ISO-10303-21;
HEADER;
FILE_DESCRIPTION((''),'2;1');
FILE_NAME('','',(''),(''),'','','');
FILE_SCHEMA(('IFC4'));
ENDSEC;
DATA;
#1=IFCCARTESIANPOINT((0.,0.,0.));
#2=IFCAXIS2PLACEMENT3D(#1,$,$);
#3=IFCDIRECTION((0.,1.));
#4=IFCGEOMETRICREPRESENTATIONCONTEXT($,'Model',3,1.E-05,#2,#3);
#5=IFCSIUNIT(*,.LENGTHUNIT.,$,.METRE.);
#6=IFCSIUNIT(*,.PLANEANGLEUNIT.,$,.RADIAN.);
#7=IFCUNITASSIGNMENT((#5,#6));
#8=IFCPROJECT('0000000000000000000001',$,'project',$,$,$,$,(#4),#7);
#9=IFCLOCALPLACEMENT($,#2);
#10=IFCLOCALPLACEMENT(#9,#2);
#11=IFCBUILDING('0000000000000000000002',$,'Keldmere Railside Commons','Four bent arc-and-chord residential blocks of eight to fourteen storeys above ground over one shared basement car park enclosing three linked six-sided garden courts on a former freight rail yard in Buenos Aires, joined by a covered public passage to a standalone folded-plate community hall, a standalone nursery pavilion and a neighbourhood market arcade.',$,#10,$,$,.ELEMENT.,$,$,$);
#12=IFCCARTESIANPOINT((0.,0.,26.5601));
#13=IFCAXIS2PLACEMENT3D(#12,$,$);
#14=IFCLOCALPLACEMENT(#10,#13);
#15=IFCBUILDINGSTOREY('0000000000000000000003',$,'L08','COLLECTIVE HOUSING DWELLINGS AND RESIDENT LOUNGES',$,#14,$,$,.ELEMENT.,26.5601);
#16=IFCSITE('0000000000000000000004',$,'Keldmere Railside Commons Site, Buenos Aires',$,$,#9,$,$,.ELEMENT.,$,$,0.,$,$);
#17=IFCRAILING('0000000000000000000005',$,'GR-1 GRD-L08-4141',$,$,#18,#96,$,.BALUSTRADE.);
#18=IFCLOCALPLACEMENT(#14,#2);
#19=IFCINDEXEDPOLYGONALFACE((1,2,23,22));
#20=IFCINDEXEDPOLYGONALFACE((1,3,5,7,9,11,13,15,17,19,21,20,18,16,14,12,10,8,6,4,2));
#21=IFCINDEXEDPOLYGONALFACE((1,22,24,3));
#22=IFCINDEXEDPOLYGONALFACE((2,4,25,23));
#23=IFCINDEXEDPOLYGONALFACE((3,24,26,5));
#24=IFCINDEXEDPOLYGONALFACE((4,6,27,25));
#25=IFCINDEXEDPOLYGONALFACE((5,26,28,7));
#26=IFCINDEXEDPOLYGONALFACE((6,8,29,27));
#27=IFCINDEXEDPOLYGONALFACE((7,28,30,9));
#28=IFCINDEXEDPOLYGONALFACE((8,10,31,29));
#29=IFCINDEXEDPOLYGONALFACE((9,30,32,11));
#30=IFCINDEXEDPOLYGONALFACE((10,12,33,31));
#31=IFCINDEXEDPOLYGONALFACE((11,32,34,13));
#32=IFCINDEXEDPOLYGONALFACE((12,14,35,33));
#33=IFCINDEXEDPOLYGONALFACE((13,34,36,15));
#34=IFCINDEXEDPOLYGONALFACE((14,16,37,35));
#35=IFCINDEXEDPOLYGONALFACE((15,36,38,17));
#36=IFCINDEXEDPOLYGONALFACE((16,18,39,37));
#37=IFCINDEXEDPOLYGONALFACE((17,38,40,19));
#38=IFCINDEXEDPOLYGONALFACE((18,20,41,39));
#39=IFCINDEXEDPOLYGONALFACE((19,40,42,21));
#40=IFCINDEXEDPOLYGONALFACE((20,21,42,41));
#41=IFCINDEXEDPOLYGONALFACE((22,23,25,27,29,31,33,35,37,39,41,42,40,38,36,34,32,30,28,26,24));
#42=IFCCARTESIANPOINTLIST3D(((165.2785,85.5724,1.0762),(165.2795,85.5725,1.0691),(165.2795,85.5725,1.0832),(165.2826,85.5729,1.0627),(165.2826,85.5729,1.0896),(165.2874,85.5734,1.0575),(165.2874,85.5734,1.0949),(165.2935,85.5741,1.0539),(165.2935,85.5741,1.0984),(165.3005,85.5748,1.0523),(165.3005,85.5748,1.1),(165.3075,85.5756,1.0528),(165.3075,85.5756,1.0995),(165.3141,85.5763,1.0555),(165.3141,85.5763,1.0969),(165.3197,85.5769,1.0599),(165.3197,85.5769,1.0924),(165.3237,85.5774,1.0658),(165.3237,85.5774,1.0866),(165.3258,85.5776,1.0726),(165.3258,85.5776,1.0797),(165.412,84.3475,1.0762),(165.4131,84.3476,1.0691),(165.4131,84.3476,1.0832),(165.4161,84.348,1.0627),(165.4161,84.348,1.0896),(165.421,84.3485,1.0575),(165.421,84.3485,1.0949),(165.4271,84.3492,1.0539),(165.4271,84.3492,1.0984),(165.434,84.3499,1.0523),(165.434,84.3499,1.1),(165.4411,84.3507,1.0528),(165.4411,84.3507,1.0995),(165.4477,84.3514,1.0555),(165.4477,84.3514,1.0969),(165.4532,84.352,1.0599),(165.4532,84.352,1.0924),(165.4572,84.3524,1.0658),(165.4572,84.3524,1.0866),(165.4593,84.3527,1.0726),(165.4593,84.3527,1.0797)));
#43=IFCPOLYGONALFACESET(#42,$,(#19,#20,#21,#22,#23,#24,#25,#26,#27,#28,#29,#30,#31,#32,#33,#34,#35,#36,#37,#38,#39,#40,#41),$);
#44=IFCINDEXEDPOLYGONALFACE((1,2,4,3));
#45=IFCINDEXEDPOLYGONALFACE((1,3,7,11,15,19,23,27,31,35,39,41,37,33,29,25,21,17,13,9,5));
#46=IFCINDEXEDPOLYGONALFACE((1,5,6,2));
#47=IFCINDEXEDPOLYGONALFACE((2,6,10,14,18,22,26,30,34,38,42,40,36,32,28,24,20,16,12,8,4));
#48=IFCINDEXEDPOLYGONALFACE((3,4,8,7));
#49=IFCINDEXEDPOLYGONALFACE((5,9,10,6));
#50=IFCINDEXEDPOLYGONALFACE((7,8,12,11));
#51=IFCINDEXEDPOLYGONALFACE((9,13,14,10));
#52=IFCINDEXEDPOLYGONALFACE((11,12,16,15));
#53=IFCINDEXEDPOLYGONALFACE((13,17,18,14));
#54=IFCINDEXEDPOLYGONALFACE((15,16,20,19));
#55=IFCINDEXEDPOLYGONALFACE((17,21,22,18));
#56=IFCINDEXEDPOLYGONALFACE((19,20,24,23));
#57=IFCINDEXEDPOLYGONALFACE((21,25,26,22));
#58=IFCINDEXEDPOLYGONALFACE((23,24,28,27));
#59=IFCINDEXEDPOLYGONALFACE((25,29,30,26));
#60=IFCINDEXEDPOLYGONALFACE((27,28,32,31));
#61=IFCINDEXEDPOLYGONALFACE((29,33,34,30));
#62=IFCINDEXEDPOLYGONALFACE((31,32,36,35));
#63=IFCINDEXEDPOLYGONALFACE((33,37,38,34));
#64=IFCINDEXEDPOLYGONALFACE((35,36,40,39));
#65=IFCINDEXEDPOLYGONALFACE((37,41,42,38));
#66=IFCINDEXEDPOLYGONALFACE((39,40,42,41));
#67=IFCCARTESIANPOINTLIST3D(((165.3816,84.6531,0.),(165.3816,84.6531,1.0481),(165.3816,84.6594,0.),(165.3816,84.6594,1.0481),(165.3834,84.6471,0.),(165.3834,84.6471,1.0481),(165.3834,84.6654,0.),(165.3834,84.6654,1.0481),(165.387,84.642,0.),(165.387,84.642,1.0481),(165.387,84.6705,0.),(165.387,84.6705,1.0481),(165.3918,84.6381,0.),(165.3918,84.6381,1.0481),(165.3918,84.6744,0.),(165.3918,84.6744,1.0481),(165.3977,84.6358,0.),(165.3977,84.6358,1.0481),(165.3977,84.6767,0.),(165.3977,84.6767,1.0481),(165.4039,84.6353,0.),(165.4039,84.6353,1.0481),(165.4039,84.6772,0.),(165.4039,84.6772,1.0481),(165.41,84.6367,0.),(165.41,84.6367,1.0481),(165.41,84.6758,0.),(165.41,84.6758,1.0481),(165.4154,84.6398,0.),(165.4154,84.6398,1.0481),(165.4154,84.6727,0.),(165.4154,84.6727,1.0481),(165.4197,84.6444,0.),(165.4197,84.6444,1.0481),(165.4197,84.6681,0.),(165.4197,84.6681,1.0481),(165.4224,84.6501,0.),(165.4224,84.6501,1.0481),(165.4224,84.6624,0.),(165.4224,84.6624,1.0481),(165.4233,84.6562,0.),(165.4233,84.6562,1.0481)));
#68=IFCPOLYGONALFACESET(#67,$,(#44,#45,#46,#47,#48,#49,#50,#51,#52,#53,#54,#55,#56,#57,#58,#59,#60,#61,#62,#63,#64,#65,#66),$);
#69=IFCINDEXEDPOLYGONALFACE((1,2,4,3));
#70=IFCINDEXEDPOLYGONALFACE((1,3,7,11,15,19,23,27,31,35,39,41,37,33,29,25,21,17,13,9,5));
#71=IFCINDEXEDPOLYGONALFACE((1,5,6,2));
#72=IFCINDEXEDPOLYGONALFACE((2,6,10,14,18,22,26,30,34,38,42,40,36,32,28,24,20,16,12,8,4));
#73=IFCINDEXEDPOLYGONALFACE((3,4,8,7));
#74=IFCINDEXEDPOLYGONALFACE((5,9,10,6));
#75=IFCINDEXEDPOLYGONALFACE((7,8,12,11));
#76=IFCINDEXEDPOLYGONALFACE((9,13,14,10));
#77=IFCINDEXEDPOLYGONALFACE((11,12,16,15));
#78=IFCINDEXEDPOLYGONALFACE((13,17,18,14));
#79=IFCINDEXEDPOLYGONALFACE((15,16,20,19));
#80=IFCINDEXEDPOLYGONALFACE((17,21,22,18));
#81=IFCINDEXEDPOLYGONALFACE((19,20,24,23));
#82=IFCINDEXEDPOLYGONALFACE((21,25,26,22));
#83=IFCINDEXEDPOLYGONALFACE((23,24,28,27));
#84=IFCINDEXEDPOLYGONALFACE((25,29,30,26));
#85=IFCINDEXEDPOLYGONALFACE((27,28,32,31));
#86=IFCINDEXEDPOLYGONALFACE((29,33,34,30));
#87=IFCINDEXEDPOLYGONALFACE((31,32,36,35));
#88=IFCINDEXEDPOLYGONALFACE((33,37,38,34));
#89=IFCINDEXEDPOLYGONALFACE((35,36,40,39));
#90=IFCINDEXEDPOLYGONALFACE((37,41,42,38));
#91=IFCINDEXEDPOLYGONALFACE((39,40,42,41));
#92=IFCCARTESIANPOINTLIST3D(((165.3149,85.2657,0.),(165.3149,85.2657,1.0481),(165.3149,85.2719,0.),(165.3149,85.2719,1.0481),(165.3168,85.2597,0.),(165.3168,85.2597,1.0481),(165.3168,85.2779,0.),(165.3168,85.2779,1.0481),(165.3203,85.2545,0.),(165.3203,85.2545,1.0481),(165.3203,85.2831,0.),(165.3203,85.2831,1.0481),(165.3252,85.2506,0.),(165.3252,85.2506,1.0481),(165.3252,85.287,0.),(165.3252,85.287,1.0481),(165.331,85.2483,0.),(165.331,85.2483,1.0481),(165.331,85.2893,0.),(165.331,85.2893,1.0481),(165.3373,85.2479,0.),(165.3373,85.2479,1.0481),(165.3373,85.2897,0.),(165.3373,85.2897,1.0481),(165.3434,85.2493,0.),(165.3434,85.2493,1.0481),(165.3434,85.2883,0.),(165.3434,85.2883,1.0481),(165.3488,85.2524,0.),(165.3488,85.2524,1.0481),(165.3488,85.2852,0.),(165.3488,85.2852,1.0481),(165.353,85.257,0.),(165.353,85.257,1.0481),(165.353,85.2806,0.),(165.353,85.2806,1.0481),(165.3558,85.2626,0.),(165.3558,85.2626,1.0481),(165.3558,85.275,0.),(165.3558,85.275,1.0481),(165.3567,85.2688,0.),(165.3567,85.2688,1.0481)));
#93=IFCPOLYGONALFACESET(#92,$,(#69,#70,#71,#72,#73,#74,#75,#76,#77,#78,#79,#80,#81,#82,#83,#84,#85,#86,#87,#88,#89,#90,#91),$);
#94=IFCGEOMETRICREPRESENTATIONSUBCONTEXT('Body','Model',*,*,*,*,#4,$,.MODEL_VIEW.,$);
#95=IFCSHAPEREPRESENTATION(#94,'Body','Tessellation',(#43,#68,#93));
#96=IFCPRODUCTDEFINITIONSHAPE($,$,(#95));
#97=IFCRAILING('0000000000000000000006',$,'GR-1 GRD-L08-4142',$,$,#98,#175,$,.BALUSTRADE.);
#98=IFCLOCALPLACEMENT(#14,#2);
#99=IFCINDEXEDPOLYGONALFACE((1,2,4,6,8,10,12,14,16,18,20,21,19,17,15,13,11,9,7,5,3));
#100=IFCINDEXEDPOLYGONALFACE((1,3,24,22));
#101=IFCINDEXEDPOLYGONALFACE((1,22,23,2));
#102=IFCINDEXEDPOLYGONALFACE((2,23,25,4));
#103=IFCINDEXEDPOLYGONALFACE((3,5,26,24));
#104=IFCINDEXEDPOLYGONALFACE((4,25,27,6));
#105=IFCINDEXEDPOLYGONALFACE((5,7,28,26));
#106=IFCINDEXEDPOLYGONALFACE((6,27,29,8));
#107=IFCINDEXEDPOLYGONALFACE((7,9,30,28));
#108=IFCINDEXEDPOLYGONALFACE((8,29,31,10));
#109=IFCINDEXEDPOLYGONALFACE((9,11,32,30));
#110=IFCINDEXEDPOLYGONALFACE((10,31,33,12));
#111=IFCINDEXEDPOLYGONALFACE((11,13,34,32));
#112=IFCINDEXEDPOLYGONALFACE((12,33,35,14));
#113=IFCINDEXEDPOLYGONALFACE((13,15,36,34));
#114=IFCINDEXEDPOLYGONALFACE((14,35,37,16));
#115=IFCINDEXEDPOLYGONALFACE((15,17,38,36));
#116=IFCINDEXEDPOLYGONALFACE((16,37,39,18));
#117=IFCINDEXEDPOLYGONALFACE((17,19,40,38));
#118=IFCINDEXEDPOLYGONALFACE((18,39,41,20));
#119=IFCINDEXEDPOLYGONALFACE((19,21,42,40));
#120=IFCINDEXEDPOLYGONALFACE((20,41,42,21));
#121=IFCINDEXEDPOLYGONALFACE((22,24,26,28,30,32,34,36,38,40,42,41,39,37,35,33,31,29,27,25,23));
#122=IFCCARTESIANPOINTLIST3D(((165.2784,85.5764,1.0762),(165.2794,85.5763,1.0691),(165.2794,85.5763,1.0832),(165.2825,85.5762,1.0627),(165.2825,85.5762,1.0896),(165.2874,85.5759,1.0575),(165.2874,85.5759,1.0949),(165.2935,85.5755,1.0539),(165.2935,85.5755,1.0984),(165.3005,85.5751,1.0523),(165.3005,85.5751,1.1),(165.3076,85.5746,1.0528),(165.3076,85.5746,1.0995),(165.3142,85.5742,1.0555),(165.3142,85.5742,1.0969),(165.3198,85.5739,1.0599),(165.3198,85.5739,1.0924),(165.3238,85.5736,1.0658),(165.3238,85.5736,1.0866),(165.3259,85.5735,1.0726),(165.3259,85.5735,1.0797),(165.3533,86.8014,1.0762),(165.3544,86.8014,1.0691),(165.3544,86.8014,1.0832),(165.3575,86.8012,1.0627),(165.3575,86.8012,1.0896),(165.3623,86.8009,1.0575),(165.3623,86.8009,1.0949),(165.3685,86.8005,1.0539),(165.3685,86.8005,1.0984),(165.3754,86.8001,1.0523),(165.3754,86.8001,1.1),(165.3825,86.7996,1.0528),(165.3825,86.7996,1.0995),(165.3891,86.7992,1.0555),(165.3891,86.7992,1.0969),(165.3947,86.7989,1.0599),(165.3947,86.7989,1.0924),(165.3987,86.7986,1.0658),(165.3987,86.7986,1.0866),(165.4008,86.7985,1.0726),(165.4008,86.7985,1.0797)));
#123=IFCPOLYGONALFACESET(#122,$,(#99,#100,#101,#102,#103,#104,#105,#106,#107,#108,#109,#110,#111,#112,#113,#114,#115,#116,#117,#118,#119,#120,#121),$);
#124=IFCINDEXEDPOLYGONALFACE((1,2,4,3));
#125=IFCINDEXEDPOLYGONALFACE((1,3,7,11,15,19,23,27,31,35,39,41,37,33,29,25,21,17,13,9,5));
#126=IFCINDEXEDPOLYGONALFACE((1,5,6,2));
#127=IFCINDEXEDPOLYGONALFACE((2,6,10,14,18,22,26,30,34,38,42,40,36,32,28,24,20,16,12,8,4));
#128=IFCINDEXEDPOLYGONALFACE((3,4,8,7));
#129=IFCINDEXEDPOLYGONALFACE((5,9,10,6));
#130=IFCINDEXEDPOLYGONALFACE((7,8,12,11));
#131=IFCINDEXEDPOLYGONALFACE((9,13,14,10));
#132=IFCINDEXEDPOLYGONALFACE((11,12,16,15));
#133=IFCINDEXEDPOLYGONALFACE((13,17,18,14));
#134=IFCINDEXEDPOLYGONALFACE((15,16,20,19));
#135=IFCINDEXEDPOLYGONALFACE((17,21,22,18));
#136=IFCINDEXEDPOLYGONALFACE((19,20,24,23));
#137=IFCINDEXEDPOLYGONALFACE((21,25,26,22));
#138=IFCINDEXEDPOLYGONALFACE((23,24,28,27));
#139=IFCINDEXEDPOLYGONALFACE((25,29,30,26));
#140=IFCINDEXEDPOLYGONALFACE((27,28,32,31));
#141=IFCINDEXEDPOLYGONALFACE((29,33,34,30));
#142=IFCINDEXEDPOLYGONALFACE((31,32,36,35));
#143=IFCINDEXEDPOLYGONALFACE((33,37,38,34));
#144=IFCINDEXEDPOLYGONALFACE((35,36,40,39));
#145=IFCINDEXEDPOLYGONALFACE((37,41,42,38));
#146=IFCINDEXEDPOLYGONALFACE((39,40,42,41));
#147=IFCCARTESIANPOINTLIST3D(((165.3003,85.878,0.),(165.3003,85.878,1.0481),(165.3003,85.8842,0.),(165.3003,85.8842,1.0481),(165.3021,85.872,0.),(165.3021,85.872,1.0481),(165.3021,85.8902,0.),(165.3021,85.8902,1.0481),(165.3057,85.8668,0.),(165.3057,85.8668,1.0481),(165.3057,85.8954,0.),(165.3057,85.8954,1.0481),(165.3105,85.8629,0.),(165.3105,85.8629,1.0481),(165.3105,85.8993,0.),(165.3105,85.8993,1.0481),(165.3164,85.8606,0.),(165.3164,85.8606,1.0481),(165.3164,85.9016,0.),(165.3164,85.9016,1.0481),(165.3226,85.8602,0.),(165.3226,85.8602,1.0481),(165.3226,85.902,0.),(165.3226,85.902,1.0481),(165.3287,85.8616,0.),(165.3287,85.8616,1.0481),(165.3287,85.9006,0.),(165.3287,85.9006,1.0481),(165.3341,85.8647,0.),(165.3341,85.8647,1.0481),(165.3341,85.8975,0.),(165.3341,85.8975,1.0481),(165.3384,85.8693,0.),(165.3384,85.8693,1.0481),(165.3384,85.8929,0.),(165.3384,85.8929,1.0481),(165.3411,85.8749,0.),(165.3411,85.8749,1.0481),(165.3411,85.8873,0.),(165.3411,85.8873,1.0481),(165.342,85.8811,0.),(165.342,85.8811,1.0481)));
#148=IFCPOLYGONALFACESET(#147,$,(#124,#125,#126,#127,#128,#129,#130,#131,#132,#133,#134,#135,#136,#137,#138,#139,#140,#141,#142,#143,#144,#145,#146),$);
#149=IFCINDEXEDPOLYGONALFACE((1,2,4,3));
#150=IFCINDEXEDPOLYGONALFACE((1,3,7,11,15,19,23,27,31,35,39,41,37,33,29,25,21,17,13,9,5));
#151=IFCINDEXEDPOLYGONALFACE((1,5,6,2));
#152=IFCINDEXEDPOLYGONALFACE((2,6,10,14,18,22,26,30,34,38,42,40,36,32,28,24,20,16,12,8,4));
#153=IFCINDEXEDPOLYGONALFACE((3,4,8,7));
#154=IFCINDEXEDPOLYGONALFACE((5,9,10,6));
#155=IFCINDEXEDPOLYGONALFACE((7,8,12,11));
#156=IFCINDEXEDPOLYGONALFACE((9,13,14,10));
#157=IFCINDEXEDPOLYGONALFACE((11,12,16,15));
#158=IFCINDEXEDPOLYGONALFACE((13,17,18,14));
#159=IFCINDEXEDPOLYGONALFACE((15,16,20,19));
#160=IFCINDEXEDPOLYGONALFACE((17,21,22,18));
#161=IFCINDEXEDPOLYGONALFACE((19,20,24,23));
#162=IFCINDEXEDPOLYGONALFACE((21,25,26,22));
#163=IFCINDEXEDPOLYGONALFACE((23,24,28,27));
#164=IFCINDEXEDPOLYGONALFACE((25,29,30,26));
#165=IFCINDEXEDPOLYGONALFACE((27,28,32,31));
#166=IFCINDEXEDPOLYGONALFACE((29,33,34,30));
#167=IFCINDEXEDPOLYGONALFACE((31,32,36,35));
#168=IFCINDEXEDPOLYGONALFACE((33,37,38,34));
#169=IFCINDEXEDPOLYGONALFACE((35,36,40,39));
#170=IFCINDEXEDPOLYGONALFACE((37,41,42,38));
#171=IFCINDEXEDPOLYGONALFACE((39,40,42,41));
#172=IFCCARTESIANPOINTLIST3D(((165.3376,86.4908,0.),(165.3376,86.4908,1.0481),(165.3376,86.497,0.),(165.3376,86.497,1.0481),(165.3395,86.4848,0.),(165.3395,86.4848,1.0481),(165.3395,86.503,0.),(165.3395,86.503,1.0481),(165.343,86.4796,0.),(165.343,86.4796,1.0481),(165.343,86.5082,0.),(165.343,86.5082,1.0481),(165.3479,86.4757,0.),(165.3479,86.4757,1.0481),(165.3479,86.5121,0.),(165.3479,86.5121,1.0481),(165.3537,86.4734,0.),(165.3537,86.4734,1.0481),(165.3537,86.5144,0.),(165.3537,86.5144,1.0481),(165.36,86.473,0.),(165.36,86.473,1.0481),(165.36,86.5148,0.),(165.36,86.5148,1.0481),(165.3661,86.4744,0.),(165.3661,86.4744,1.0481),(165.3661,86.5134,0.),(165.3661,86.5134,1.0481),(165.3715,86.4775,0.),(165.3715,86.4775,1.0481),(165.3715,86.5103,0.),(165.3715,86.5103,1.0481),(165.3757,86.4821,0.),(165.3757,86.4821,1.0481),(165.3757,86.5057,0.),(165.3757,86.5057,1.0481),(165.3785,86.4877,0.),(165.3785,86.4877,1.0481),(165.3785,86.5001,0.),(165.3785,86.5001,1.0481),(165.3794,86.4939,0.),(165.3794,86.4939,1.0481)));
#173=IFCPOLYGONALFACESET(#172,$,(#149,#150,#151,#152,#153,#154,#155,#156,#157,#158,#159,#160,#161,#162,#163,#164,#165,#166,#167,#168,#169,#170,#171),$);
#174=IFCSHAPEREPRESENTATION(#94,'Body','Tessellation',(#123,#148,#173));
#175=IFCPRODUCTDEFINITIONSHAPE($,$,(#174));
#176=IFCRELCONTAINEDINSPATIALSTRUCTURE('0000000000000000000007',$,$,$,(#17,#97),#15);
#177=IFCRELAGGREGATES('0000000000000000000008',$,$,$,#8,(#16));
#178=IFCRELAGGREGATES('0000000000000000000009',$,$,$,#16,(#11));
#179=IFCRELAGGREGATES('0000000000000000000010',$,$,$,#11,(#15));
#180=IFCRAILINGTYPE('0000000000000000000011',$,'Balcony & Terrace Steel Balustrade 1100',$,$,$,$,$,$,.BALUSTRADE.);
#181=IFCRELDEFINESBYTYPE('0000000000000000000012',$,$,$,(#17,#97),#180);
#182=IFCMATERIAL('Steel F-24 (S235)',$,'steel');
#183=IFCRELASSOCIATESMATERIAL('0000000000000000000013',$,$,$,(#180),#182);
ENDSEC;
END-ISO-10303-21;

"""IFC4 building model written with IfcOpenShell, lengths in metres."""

from ifc_helpers import new_model, si_unit, direction, frame, origin, origin_2d, place, context, subcontext, project, spatial, circle, extrude, material, type_object, element, save


model = new_model("IFC4")

# Units and contexts
model_context = context("Model", 3, precision=1e-05, world=origin(), true_north=direction((0.0, 1.0)))
body_context = subcontext(model_context, "Body", "Model", "MODEL_VIEW")
ifc_project = project(units=[si_unit("LENGTHUNIT", "METRE"), si_unit("PLANEANGLEUNIT", "RADIAN")], contexts=[model_context])

# Site, building, storey
site_placement = place(None, origin())
site = spatial("IfcSite", under=ifc_project, at=site_placement, Name="Keldmere Railside Commons Site, Buenos Aires", CompositionType="ELEMENT", RefElevation=0.0)
building_placement = place(site_placement, origin())
building = spatial("IfcBuilding", under=site, at=building_placement, Name="Keldmere Railside Commons", Description="Four bent arc-and-chord residential blocks of eight to fourteen storeys above ground over one shared basement car park enclosing three linked six-sided garden courts on a former freight rail yard in Buenos Aires, joined by a covered public passage to a standalone folded-plate community hall, a standalone nursery pavilion and a neighbourhood market arcade.", CompositionType="ELEMENT")
storey_placement = place(building_placement, frame((0.0, 0.0, 26.5601)))
storey = spatial("IfcBuildingStorey", under=building, at=storey_placement, Name="L08", Description="COLLECTIVE HOUSING DWELLINGS AND RESIDENT LOUNGES", CompositionType="ELEMENT", Elevation=26.5601)

# Railings
ifc_material_1 = material(Name="Steel F-24 (S235)", Category="steel")
railing_type = type_object("IfcRailingType", Name="Balcony & Terrace Steel Balustrade 1100", PredefinedType="BALUSTRADE", material=ifc_material_1)
railing_1_placement = place(storey_placement, frame((165.4358, 84.3501, 0.0)))
element("IfcRailing", 1, at=railing_1_placement, inside=storey, type_object=railing_type, Name="GR-1 GRD-L08-4141", PredefinedType="BALUSTRADE", context=body_context, shape_type="SweptSolid", body=[
    extrude(circle(Radius=0.0239, at=origin_2d()), frame((0.0, 0.0, 1.0762), z_axis=(-0.108387, 0.994109, 0.0), x_axis=(-0.994109, -0.108387, 0.0)), (0.0, 0.0, 1.0), 1.2322),
    extrude(circle(Radius=0.021, at=origin_2d()), frame((-0.0334, 0.3062, 0.0)), (0.0, 0.0, 1.0), 1.0481),
    extrude(circle(Radius=0.021, at=origin_2d()), frame((-0.1001, 0.9187, 0.0)), (0.0, 0.0, 1.0), 1.0481),
])
railing_2_placement = place(storey_placement, frame((165.3022, 85.575, 0.0)))
element("IfcRailing", 2, at=railing_2_placement, inside=storey, type_object=railing_type, Name="GR-1 GRD-L08-4142", PredefinedType="BALUSTRADE", context=body_context, shape_type="SweptSolid", body=[
    extrude(circle(Radius=0.0239, at=origin_2d()), frame((0.0, 0.0, 1.0762), z_axis=(0.061066, 0.998134, 0.0), x_axis=(-0.998134, 0.061066, 0.0)), (0.0, 0.0, 1.0), 1.2273),
    extrude(circle(Radius=0.021, at=origin_2d()), frame((0.0188, 0.3062, 0.0)), (0.0, 0.0, 1.0), 1.0481),
    extrude(circle(Radius=0.021, at=origin_2d()), frame((0.0562, 0.9189, 0.0)), (0.0, 0.0, 1.0), 1.0481),
])

save(model, "model.ifc")
